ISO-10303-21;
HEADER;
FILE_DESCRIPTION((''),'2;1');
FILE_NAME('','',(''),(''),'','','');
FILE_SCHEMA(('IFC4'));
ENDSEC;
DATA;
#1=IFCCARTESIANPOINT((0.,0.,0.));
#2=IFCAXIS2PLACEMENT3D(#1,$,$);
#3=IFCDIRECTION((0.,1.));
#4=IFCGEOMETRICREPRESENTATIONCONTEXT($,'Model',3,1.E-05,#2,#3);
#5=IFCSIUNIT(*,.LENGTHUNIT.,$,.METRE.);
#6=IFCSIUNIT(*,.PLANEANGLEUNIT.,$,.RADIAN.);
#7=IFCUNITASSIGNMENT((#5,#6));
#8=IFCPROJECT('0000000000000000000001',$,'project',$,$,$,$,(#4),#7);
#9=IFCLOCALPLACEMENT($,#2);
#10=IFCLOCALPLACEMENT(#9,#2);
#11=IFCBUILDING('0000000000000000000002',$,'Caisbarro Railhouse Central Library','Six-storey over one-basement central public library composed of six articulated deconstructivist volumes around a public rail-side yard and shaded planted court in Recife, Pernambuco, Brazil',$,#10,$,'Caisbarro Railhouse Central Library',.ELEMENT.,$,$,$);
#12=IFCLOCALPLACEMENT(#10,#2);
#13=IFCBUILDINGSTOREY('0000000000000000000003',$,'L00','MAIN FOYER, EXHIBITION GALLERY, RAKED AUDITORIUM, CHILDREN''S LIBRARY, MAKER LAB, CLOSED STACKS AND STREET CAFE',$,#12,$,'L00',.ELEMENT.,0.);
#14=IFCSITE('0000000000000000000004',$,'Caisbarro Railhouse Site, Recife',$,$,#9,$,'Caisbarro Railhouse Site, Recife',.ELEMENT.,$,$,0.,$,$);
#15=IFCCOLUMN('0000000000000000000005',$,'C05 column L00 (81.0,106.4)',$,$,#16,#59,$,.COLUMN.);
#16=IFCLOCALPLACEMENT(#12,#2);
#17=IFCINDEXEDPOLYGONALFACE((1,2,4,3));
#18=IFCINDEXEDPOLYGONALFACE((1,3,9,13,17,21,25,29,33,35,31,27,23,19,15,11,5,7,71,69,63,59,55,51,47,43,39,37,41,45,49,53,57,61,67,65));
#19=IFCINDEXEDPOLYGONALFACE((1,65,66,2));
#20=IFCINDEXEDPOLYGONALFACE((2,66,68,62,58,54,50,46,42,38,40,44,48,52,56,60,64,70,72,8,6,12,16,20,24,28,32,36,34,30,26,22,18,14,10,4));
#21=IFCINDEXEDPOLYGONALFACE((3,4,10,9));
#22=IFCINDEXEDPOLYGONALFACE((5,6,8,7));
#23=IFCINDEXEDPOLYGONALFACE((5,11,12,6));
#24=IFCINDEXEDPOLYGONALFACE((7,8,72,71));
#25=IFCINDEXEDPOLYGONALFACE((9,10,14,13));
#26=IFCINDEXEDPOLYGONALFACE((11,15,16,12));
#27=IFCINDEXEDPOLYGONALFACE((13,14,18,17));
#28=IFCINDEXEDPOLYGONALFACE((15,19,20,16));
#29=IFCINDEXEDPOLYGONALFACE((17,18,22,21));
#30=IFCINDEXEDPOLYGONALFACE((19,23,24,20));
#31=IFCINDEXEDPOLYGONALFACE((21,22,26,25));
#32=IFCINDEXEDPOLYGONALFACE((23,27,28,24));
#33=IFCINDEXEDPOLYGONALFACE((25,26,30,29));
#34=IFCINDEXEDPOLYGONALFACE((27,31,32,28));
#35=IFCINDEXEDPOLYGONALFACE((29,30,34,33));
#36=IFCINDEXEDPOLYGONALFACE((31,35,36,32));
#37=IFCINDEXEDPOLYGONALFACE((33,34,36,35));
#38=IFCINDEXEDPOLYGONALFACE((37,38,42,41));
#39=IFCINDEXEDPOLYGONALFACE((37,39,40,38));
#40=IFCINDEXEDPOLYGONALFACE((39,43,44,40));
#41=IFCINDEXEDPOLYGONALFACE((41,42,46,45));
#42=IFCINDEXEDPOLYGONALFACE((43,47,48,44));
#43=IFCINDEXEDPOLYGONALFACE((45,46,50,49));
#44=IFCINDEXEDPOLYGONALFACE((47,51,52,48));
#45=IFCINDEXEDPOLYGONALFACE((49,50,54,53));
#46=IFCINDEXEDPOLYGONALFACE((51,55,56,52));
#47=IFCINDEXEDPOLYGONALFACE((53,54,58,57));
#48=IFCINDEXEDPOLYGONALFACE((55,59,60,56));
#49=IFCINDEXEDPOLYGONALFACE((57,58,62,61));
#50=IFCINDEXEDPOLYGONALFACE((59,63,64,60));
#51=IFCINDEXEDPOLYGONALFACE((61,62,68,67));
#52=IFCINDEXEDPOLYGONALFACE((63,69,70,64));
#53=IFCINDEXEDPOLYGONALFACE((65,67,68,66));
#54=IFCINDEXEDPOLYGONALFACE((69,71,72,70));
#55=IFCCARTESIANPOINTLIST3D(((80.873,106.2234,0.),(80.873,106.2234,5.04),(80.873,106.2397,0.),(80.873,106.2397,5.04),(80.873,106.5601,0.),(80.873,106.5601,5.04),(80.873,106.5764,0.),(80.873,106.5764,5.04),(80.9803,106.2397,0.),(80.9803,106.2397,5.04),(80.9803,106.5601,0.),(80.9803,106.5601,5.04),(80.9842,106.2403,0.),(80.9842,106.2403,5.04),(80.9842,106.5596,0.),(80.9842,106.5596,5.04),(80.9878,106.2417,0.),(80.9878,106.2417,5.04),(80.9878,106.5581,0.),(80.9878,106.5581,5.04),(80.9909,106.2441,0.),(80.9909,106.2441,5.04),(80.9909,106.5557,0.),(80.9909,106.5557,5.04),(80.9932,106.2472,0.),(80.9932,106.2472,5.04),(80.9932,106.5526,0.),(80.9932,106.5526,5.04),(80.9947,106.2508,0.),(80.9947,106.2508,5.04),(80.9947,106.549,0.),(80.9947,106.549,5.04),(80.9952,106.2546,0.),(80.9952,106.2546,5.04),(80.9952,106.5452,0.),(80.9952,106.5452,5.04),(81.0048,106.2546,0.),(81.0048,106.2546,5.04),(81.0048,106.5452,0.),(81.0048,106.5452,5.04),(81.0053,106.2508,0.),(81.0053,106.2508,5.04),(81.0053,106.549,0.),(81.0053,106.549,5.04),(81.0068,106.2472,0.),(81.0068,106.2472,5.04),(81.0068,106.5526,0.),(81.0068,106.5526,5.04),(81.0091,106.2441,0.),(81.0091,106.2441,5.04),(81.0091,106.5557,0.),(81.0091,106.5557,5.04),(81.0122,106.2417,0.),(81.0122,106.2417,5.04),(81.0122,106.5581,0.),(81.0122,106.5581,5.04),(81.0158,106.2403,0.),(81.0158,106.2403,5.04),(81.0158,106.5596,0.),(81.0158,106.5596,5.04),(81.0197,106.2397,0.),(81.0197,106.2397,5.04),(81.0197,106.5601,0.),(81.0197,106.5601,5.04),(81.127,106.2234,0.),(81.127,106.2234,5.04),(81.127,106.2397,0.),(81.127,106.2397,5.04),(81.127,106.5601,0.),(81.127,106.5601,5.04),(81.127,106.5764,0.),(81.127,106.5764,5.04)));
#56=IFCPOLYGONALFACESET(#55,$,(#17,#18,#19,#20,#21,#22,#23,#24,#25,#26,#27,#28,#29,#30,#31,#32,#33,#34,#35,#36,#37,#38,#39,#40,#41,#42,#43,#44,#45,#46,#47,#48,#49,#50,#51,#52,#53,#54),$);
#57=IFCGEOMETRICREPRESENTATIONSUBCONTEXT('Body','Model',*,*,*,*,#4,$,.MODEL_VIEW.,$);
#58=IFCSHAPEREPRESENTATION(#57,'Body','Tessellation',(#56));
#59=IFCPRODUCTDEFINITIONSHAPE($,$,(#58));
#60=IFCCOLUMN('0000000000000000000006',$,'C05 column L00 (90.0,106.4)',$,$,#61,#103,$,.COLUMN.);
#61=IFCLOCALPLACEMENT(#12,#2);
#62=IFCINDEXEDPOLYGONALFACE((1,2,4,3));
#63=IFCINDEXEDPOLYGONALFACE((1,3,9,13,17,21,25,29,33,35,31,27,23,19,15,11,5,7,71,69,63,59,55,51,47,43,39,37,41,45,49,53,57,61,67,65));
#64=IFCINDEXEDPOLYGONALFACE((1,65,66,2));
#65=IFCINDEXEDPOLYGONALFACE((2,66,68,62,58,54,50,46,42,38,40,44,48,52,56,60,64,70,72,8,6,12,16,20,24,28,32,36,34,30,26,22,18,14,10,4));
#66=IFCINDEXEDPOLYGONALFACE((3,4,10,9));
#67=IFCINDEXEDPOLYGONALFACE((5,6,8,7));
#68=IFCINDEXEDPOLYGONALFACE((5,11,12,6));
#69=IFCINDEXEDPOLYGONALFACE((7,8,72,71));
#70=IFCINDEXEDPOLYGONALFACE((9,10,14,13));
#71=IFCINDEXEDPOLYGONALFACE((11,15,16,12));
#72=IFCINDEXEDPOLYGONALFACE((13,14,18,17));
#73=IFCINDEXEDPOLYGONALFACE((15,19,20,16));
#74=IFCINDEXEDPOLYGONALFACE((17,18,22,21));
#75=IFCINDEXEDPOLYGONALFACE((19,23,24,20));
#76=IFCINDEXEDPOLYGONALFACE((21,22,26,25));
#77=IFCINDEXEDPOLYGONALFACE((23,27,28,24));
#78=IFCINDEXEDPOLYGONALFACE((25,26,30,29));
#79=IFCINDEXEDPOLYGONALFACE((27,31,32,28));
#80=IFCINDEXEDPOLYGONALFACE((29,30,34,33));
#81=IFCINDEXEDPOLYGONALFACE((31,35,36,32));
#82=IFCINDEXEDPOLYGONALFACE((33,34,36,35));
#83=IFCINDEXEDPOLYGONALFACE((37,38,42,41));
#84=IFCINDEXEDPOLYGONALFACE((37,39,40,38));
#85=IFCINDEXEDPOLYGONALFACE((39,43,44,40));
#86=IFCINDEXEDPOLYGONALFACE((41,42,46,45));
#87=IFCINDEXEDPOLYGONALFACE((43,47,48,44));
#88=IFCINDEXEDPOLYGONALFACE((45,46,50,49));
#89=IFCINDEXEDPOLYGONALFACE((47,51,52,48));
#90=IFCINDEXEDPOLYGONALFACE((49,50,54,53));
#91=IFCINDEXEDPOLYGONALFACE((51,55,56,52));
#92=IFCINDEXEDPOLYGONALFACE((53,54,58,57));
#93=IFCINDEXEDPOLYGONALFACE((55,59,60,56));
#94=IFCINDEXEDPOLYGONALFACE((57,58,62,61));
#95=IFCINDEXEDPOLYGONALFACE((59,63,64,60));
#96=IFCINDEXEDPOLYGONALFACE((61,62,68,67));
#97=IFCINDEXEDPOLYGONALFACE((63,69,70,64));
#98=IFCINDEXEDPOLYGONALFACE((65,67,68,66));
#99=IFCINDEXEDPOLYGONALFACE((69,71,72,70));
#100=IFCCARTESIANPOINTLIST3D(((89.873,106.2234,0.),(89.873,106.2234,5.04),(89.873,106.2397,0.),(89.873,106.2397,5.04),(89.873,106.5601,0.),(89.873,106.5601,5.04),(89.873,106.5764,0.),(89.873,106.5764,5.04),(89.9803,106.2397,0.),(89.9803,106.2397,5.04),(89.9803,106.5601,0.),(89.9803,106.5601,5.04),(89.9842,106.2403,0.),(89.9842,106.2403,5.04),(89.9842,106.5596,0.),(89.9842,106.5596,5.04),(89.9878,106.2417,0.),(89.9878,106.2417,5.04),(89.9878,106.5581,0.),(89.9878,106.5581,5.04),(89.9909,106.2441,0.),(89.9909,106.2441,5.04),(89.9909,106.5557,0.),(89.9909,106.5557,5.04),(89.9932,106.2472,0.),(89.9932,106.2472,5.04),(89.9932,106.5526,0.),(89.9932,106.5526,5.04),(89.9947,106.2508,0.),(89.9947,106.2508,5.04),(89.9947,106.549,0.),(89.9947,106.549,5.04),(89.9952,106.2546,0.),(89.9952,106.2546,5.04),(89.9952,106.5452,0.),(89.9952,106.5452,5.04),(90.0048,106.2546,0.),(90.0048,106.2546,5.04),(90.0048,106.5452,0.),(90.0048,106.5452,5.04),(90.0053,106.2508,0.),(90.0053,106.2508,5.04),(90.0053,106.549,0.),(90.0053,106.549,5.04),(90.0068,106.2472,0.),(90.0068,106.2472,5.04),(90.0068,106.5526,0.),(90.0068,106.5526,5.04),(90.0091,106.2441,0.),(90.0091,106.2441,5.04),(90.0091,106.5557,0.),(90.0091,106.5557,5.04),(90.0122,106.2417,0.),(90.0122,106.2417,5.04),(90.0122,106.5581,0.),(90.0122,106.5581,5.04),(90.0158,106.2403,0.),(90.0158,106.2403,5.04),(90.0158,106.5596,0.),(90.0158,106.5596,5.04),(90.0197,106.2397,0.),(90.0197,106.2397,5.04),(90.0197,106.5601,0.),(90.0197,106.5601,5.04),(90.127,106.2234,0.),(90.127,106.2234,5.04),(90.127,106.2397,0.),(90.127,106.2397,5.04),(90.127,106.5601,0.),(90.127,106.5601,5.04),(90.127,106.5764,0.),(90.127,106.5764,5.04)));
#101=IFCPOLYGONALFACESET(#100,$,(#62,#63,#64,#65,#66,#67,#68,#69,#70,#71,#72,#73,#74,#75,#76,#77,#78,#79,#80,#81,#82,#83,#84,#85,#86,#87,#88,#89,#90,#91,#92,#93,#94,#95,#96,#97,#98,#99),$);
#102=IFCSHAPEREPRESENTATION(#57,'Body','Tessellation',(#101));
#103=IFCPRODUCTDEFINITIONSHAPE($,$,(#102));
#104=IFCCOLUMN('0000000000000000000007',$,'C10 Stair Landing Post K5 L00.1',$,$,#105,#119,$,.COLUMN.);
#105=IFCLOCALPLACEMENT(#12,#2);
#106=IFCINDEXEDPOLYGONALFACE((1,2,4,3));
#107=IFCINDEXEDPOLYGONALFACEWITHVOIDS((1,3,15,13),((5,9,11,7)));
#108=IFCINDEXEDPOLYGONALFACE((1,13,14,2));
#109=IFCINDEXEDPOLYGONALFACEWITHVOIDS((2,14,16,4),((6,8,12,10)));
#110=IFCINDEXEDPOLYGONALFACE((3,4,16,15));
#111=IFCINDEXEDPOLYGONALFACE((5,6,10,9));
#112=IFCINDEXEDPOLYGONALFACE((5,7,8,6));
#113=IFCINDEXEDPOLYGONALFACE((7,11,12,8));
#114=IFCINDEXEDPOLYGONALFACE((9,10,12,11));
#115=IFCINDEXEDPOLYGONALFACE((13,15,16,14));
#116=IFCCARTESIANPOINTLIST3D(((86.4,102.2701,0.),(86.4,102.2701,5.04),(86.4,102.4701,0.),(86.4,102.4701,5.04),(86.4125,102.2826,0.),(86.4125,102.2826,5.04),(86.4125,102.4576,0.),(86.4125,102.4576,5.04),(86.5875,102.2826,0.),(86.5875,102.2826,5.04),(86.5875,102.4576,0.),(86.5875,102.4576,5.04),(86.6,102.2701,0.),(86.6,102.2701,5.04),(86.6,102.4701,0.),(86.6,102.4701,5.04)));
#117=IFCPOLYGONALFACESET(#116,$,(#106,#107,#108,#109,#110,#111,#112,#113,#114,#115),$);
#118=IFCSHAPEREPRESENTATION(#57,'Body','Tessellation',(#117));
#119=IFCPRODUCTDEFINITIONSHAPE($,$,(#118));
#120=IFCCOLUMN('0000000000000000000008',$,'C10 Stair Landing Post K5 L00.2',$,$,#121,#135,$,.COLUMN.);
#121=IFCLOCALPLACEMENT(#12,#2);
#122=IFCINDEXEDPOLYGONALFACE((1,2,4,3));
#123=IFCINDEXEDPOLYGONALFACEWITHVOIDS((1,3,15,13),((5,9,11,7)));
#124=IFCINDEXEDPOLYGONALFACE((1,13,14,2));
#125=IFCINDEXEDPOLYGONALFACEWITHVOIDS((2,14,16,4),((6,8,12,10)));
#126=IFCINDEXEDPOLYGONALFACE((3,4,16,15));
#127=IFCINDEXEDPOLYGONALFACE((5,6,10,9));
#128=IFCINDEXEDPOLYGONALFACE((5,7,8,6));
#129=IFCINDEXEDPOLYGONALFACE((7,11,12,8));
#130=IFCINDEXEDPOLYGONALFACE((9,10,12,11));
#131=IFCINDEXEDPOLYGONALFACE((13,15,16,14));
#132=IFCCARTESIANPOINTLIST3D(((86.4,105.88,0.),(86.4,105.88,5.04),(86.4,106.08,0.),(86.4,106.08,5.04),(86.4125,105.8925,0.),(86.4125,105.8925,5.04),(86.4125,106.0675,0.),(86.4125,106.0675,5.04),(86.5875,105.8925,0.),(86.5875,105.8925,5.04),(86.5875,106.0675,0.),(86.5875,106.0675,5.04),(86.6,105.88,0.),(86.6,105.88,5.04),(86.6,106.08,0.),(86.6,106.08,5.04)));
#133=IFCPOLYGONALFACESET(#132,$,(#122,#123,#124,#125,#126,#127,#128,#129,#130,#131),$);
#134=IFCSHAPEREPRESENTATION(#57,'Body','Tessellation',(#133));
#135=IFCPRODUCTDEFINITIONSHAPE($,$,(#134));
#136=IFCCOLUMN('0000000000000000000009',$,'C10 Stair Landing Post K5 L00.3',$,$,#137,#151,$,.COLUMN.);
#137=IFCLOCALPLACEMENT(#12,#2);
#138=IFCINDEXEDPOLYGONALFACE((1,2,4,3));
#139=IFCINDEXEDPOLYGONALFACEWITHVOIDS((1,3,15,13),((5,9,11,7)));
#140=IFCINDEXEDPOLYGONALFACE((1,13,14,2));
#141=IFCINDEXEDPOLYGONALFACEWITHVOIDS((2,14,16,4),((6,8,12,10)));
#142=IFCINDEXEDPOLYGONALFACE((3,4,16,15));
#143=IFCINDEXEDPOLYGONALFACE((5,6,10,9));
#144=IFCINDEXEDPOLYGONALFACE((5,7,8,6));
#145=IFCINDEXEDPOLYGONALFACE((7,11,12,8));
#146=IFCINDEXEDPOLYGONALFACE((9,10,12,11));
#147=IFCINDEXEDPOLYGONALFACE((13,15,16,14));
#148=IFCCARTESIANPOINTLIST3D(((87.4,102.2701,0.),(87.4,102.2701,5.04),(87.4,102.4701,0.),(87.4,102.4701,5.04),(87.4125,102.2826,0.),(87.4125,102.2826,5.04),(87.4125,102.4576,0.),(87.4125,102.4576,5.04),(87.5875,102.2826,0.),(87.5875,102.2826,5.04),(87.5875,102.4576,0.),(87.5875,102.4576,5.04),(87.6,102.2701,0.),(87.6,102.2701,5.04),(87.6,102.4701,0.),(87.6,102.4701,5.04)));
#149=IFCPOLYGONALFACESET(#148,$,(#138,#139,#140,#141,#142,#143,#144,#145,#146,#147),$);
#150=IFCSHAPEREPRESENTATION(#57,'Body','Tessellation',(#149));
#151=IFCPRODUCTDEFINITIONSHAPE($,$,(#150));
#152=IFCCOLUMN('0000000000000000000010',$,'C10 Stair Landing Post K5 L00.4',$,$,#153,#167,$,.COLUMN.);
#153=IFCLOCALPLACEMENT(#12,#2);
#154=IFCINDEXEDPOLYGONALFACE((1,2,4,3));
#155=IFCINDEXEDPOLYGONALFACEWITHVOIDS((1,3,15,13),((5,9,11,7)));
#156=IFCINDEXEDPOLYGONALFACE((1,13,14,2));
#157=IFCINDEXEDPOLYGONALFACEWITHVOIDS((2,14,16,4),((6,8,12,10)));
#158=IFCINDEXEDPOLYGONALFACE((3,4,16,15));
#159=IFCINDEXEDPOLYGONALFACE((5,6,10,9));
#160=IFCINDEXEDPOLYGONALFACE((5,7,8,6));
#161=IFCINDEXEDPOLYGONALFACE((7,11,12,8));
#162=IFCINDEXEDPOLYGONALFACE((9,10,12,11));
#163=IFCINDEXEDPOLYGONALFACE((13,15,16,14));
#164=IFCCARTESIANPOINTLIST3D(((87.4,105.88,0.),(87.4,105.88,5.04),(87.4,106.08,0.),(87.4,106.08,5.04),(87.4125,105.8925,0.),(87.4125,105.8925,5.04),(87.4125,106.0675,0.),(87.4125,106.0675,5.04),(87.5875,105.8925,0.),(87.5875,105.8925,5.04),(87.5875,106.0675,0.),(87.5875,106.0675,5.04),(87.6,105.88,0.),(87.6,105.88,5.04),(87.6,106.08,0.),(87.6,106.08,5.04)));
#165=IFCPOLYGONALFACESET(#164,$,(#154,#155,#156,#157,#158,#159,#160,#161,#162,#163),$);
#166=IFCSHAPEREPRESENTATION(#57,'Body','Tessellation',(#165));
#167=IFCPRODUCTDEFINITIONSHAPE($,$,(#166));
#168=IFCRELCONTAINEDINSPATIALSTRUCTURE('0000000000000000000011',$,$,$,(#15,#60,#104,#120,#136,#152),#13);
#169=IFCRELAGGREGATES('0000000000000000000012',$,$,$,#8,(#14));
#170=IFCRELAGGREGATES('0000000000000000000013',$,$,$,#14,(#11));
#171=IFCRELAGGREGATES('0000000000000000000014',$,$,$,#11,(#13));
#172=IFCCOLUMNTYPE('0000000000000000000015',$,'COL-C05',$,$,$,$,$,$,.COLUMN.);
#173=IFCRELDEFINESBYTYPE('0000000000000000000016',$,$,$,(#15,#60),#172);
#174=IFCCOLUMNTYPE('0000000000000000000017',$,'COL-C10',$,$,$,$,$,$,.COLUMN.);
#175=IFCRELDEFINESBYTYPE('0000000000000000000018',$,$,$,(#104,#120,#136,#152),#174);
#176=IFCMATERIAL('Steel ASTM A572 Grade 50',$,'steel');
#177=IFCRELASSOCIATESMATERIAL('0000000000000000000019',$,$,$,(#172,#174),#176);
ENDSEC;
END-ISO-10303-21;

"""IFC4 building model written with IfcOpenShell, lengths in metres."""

from ifc_helpers import new_model, si_unit, direction, frame, origin, origin_2d, place, context, subcontext, project, spatial, hollow_rectangle, i_section, extrude, material, material_profile, profile_set, type_object, element, save


model = new_model("IFC4")

# Units and contexts
model_context = context("Model", 3, precision=1e-05, world=origin(), true_north=direction((0.0, 1.0)))
body_context = subcontext(model_context, "Body", "Model", "MODEL_VIEW")
ifc_project = project(units=[si_unit("LENGTHUNIT", "METRE"), si_unit("PLANEANGLEUNIT", "RADIAN")], contexts=[model_context])

# Site, building, storey
site_placement = place(None, origin())
site = spatial("IfcSite", under=ifc_project, at=site_placement, Name="Caisbarro Railhouse Site, Recife", LongName="Caisbarro Railhouse Site, Recife", CompositionType="ELEMENT", RefElevation=0.0)
building_placement = place(site_placement, origin())
building = spatial("IfcBuilding", under=site, at=building_placement, Name="Caisbarro Railhouse Central Library", Description="Six-storey over one-basement central public library composed of six articulated deconstructivist volumes around a public rail-side yard and shaded planted court in Recife, Pernambuco, Brazil", LongName="Caisbarro Railhouse Central Library", CompositionType="ELEMENT")
storey_placement = place(building_placement, origin())
storey = spatial("IfcBuildingStorey", under=building, at=storey_placement, Name="L00", Description="MAIN FOYER, EXHIBITION GALLERY, RAKED AUDITORIUM, CHILDREN'S LIBRARY, MAKER LAB, CLOSED STACKS AND STREET CAFE", LongName="L00", CompositionType="ELEMENT", Elevation=0.0)

# Columns
ifc_material_1 = material(Name="Steel ASTM A572 Grade 50", Category="steel")
ifc_material_profile_1 = material_profile(ifc_material_1, i_section(OverallWidth=0.2539, OverallDepth=0.353, WebThickness=0.0095, FlangeThickness=0.0164, FilletRadius=0.0149, at=origin_2d()), Name="W360X91.0")
ifc_profile_set_1 = profile_set([ifc_material_profile_1], Name="Steel ASTM A572 Grade 50")
column_type_1 = type_object("IfcColumnType", Name="COL-C05", PredefinedType="COLUMN", material=ifc_profile_set_1)
for number, where, z_axis, x_axis, name in (
    (1, (81.0, 106.3999, 0.0), (0.0, 0.0, 1.0), (1.0, 0.0, 0.0), "C05 column L00 (81.0,106.4)"),
    (2, (90.0, 106.3999, 0.0), (0.0, 0.0, 1.0), (1.0, 0.0, 0.0), "C05 column L00 (90.0,106.4)"),
):
    element("IfcColumn", number, at=place(storey_placement, frame(where, z_axis=z_axis, x_axis=x_axis)), inside=storey, type_object=column_type_1, Name=name, PredefinedType="COLUMN", context=body_context, shape_type="SweptSolid", body=[
        extrude(i_section(OverallWidth=0.2539, OverallDepth=0.353, WebThickness=0.0095, FlangeThickness=0.0164, FilletRadius=0.0149, at=origin_2d()), origin(), (0.0, 0.0, 1.0), 5.04),
    ])
ifc_material_profile_2 = material_profile(ifc_material_1, hollow_rectangle(XDim=0.2, YDim=0.2, WallThickness=0.0125, at=origin_2d()), Name="HSS200X200X12.5")
ifc_profile_set_2 = profile_set([ifc_material_profile_2], Name="Steel ASTM A572 Grade 50")
column_type_2 = type_object("IfcColumnType", Name="COL-C10", PredefinedType="COLUMN", material=ifc_profile_set_2)
for number, where, z_axis, x_axis, name in (
    (3, (86.5, 102.3701, 0.0), (0.0, 0.0, 1.0), (1.0, 0.0, 0.0), "C10 Stair Landing Post K5 L00.1"),
    (4, (86.5, 105.98, 0.0), (0.0, 0.0, 1.0), (1.0, 0.0, 0.0), "C10 Stair Landing Post K5 L00.2"),
    (5, (87.5, 102.3701, 0.0), (0.0, 0.0, 1.0), (1.0, 0.0, 0.0), "C10 Stair Landing Post K5 L00.3"),
    (6, (87.5, 105.98, 0.0), (0.0, 0.0, 1.0), (1.0, 0.0, 0.0), "C10 Stair Landing Post K5 L00.4"),
):
    element("IfcColumn", number, at=place(storey_placement, frame(where, z_axis=z_axis, x_axis=x_axis)), inside=storey, type_object=column_type_2, Name=name, PredefinedType="COLUMN", context=body_context, shape_type="SweptSolid", body=[
        extrude(hollow_rectangle(XDim=0.2, YDim=0.2, WallThickness=0.0125, at=origin_2d()), origin(), (0.0, 0.0, 1.0), 5.04),
    ])

save(model, "model.ifc")
